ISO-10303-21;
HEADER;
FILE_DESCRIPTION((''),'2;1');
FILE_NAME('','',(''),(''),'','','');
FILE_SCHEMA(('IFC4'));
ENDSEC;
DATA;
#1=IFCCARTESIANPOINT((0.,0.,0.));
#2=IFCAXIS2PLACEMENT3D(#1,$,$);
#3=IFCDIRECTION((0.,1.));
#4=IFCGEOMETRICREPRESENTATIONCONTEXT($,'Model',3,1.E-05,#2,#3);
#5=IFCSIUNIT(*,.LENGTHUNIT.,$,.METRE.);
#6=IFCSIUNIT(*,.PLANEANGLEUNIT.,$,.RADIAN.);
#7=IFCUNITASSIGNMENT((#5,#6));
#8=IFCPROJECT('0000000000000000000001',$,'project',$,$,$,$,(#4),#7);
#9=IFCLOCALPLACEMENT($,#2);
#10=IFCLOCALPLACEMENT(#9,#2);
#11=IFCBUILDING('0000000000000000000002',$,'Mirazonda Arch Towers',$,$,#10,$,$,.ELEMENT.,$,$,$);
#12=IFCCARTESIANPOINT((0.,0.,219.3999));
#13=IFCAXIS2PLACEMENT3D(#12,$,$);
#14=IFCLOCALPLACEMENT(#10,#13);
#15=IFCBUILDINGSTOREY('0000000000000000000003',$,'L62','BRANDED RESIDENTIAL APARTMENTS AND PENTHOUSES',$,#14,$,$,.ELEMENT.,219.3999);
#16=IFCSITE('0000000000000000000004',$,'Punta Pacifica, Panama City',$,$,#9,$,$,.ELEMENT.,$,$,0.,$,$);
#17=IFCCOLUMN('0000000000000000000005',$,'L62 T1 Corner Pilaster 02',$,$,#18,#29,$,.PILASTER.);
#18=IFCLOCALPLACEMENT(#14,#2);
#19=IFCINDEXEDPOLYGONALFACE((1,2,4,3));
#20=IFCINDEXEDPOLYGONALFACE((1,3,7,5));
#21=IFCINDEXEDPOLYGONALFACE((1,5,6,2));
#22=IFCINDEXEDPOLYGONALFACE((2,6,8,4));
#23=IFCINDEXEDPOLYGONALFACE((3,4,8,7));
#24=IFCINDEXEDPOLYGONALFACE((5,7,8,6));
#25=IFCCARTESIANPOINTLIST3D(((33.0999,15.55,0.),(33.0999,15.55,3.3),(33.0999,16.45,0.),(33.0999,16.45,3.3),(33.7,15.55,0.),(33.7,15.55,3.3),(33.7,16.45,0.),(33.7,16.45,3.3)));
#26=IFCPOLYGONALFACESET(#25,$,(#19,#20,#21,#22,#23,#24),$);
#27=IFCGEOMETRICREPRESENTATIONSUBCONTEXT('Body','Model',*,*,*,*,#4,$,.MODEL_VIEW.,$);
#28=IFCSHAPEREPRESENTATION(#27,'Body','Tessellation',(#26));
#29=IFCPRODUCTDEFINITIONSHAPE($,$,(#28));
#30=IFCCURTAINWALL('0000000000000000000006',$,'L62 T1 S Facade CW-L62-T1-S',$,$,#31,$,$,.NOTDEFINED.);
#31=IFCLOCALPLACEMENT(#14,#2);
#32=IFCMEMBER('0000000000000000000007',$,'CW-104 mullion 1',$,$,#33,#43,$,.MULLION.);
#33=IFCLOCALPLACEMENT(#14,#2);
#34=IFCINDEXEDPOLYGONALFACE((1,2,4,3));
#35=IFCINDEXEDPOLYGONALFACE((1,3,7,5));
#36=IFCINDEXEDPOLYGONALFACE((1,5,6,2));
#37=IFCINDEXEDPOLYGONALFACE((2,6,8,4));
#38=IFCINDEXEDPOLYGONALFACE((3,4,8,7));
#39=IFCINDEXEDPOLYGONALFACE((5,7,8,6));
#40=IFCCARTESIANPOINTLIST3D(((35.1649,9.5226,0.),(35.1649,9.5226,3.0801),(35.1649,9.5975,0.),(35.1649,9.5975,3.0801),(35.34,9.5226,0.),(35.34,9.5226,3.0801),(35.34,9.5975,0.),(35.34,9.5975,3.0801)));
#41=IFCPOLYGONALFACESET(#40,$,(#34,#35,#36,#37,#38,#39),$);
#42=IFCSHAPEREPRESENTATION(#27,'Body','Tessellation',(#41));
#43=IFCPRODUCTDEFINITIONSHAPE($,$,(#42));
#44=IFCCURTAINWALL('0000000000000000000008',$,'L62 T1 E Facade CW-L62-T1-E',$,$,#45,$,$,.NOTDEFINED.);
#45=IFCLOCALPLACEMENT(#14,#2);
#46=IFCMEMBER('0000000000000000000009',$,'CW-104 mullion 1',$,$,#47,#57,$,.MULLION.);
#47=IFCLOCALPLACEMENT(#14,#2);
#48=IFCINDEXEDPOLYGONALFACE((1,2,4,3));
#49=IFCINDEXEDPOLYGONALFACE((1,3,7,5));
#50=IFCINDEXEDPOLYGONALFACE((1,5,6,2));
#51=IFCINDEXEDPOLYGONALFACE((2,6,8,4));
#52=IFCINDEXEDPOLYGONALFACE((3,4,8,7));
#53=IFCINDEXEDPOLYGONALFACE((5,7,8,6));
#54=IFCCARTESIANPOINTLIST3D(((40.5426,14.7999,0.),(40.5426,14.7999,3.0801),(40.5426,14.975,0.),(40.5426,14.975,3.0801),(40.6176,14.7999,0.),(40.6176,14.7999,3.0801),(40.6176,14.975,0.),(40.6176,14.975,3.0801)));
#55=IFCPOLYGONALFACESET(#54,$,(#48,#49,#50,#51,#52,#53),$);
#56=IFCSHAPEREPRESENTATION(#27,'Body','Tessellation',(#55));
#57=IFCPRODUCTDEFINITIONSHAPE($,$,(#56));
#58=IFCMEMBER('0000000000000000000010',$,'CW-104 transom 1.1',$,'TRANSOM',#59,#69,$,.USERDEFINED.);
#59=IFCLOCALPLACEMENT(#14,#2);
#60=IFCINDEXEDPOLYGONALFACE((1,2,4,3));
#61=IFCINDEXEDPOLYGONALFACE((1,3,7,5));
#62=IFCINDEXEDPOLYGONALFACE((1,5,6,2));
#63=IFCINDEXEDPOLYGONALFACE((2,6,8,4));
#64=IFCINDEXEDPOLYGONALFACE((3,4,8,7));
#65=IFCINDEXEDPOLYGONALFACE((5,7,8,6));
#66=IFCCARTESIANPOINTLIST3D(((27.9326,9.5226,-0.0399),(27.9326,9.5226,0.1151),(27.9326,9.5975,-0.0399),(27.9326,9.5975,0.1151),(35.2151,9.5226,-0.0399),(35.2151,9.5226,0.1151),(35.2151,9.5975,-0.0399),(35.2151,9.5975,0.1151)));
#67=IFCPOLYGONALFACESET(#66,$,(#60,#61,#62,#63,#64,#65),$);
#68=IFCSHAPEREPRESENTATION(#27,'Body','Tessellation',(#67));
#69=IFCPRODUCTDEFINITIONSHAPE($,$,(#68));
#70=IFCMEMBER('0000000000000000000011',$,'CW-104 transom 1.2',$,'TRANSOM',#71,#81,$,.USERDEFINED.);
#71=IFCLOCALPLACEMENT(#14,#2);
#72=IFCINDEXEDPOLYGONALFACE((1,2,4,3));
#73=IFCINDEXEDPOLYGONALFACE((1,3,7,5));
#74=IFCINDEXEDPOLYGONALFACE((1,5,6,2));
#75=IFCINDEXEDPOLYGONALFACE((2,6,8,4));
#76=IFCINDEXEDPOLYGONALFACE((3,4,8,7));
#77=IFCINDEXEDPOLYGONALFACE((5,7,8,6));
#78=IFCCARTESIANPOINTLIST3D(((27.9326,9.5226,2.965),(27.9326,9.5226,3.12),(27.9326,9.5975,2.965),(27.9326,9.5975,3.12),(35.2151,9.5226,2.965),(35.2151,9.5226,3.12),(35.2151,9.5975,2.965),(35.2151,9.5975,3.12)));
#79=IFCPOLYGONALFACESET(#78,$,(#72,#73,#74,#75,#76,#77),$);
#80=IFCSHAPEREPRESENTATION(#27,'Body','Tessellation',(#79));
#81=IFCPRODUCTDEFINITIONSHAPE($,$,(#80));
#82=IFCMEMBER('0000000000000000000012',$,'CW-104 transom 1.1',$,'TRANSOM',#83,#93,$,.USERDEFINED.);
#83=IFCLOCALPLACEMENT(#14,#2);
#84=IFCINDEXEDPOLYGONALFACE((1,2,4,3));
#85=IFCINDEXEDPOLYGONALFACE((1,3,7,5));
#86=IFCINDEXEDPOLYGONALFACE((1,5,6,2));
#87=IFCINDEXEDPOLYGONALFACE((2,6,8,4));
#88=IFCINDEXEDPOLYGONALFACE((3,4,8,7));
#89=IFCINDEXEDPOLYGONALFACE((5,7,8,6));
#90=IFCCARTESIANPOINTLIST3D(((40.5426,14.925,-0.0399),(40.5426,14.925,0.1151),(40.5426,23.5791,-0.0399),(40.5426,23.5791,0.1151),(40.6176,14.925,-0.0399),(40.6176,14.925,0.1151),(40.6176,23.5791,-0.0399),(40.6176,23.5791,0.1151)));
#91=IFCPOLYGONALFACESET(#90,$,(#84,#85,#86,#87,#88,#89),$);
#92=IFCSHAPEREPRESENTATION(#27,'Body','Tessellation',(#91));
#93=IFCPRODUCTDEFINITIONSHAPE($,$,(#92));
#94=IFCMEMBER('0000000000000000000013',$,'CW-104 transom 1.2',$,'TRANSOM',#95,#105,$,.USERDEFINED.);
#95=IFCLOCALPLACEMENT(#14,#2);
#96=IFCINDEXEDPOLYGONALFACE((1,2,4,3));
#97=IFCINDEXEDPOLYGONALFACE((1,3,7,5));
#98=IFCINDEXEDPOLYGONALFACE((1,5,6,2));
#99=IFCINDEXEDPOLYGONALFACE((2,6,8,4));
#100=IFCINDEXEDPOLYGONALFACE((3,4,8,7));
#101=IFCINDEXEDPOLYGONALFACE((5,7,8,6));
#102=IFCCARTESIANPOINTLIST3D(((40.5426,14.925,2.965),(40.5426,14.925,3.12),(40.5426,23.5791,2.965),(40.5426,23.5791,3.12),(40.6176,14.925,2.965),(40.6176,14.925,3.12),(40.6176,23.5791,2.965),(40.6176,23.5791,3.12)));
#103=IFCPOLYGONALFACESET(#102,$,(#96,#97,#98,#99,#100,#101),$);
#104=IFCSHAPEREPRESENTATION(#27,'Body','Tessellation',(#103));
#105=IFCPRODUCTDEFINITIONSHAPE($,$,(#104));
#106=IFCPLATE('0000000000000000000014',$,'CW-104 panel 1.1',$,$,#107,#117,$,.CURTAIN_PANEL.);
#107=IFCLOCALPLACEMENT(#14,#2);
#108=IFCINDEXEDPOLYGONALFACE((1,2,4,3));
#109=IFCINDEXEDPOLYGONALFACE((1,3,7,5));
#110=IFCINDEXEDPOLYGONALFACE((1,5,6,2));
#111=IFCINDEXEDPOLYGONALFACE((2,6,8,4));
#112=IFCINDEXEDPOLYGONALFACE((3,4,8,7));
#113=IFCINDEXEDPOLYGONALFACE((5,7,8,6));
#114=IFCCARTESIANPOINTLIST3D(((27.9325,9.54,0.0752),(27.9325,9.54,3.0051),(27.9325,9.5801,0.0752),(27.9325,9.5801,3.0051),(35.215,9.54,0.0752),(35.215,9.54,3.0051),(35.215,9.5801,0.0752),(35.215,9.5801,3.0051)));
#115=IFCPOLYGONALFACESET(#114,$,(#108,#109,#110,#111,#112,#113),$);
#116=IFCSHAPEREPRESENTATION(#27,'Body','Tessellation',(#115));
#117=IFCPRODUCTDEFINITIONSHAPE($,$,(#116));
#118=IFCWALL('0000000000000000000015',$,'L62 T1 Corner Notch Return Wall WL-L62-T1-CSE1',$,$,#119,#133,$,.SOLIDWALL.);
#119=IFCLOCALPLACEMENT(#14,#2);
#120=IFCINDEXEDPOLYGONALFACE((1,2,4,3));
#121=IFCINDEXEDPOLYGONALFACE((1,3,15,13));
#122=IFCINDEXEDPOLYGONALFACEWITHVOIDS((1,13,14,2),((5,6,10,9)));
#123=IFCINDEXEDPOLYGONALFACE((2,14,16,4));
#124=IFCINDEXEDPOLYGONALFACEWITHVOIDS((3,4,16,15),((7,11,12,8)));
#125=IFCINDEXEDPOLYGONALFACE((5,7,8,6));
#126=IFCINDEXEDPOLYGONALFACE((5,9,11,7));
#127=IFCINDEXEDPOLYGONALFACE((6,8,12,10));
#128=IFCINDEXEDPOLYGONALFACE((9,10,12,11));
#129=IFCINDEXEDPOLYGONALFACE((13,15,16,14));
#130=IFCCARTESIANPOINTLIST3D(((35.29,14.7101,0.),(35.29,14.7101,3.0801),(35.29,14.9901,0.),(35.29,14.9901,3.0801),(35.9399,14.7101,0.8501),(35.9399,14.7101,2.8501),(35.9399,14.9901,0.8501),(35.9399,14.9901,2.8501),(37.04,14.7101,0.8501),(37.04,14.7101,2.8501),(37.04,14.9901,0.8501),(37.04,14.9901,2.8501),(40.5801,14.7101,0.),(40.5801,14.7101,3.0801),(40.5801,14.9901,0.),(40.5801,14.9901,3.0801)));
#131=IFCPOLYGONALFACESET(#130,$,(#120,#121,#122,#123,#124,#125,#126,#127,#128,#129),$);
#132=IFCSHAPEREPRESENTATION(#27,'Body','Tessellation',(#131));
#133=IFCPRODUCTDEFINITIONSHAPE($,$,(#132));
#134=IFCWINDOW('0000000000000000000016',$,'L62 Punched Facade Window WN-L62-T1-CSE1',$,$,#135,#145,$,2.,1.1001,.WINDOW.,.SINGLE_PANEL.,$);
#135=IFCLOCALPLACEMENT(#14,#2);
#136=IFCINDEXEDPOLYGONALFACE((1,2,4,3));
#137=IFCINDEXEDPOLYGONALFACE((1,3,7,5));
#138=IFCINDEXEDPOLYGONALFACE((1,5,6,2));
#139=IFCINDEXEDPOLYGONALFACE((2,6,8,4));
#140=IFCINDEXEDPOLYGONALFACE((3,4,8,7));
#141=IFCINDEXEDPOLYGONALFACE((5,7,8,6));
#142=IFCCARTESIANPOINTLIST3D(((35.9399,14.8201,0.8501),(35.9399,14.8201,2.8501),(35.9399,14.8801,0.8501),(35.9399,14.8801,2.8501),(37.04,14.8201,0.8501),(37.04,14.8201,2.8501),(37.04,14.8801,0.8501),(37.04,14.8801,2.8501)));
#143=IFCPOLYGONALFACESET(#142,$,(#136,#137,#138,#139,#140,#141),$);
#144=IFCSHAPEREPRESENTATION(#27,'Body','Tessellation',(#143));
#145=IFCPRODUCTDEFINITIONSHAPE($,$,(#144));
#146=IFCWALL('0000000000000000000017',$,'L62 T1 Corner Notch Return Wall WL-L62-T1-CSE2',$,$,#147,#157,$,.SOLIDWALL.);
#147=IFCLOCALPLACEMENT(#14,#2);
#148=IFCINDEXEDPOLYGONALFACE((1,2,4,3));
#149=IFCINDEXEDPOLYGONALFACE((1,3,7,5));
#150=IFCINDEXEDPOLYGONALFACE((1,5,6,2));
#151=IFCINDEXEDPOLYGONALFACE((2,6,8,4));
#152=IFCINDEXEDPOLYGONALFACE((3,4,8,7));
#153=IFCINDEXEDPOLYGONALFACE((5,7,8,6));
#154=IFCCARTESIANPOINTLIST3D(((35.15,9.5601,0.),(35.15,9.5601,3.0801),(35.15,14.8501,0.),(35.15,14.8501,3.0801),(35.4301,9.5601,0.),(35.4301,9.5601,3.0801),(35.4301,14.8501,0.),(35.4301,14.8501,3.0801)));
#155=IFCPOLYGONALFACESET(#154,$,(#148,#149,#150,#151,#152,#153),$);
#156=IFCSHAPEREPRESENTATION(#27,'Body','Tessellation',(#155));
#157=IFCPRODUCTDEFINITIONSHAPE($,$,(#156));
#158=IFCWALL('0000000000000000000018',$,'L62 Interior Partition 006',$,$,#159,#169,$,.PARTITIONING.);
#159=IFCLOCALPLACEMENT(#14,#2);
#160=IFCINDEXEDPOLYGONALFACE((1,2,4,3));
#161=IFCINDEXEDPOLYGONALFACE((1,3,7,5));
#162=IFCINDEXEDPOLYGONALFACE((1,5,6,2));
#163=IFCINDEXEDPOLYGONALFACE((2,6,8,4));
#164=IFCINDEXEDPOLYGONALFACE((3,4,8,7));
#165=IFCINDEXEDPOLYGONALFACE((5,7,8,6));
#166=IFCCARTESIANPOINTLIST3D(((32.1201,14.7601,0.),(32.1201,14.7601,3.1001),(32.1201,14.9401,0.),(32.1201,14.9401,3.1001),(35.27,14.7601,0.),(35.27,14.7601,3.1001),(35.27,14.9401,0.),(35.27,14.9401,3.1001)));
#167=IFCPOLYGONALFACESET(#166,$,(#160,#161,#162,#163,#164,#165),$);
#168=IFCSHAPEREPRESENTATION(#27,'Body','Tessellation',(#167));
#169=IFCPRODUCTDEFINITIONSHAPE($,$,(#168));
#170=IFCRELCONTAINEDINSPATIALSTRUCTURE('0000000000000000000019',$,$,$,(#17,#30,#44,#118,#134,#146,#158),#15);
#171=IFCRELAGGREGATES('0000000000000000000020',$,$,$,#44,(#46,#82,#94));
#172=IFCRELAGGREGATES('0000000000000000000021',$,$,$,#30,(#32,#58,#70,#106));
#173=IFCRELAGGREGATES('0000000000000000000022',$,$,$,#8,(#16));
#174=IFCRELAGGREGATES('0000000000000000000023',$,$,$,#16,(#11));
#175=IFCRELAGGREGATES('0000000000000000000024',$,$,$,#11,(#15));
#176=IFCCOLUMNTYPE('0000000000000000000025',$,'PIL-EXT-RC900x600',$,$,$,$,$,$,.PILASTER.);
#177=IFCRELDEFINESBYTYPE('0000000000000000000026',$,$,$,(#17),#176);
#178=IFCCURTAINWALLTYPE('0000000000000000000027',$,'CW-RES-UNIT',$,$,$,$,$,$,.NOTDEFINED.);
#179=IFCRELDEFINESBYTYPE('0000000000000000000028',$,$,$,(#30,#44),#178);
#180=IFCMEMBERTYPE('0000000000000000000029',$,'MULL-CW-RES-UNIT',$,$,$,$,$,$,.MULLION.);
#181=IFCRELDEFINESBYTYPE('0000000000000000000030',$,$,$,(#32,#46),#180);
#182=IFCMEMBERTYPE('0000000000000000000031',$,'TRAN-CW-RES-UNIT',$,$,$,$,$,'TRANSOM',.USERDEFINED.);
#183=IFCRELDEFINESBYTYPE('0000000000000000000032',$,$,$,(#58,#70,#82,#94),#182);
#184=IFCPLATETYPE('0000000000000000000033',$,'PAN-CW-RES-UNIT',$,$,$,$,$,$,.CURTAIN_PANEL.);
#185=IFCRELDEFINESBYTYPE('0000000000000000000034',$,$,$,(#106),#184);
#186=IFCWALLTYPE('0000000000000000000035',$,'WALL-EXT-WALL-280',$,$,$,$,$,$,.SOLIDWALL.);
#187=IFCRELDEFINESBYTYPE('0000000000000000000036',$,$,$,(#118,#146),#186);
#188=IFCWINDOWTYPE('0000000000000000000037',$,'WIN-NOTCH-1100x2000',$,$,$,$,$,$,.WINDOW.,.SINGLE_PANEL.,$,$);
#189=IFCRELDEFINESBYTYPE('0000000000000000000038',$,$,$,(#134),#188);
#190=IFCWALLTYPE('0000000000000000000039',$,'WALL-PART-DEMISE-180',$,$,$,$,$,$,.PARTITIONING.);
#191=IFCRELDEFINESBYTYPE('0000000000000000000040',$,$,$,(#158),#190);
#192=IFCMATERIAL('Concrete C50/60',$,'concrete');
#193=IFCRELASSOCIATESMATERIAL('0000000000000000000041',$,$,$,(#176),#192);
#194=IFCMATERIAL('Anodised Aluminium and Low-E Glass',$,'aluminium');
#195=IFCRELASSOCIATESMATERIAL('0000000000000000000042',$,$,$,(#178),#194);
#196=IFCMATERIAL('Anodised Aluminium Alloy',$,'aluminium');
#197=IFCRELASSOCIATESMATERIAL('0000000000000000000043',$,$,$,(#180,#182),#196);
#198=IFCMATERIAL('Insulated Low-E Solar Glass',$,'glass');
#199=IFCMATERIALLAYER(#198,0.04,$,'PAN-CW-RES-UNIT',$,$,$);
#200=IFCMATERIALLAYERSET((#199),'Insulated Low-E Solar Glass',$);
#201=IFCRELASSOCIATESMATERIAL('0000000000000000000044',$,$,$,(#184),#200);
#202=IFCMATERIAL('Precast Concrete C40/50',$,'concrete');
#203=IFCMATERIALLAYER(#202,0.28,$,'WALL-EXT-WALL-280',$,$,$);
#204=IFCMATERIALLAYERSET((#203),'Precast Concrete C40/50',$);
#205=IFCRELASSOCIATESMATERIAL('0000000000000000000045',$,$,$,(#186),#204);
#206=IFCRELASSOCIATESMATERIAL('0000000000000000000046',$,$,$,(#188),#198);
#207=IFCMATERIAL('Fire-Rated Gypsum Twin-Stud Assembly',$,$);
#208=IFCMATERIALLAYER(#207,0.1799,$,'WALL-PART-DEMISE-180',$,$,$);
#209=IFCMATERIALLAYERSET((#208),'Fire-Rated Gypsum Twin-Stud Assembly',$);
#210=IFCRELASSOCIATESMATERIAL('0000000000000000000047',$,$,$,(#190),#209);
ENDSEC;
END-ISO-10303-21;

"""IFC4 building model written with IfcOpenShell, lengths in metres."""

from ifc_helpers import new_model, si_unit, direction, frame, frame_2d, origin, origin_2d, place, context, subcontext, project, spatial, rectangle, extrude, material, layer, layer_set, material_profile, profile_set, type_object, element, fill, aggregate, save


model = new_model("IFC4")

# Units and contexts
model_context = context("Model", 3, precision=1e-05, world=origin(), true_north=direction((0.0, 1.0)))
body_context = subcontext(model_context, "Body", "Model", "MODEL_VIEW")
ifc_project = project(units=[si_unit("LENGTHUNIT", "METRE"), si_unit("PLANEANGLEUNIT", "RADIAN")], contexts=[model_context])

# Site, building, storey
site_placement = place(None, origin())
site = spatial("IfcSite", under=ifc_project, at=site_placement, Name="Punta Pacifica, Panama City", CompositionType="ELEMENT", RefElevation=0.0)
building_placement = place(site_placement, origin())
building = spatial("IfcBuilding", under=site, at=building_placement, Name="Mirazonda Arch Towers", CompositionType="ELEMENT")
storey_placement = place(building_placement, frame((0.0, 0.0, 219.3999)))
storey = spatial("IfcBuildingStorey", under=building, at=storey_placement, Name="L62", Description="BRANDED RESIDENTIAL APARTMENTS AND PENTHOUSES", CompositionType="ELEMENT", Elevation=219.3999)

# Column
ifc_material_1 = material(Name="Concrete C50/60", Category="concrete")
ifc_material_profile_1 = material_profile(ifc_material_1, rectangle(XDim=0.6001, YDim=0.8999, at=origin_2d()), Name="RC900x600")
ifc_profile_set_1 = profile_set([ifc_material_profile_1], Name="Concrete C50/60")
column_type = type_object("IfcColumnType", Name="PIL-EXT-RC900x600", PredefinedType="PILASTER", material=ifc_profile_set_1)
column_placement = place(storey_placement, frame((33.3999, 16.0, 0.0), z_axis=(0.0, 0.0, 1.0), x_axis=(1.0, 0.0, 0.0)))
element("IfcColumn", 1, at=column_placement, inside=storey, type_object=column_type, Name="L62 T1 Corner Pilaster 02", PredefinedType="PILASTER", context=body_context, shape_type="SweptSolid", body=[
    extrude(rectangle(XDim=0.6001, YDim=0.8999, at=origin_2d()), origin(), (0.0, 0.0, 1.0), 3.3),
])

# Curtain walls, members
ifc_material_2 = material(Name="Anodised Aluminium and Low-E Glass", Category="aluminium")
curtain_wall_type = type_object("IfcCurtainWallType", Name="CW-RES-UNIT", PredefinedType="NOTDEFINED", material=ifc_material_2)
curtain_wall_1_placement = place(storey_placement, origin())
curtain_wall_1 = element("IfcCurtainWall", 2, at=curtain_wall_1_placement, inside=storey, type_object=curtain_wall_type, Name="L62 T1 S Facade CW-L62-T1-S", PredefinedType="NOTDEFINED")
ifc_material_3 = material(Name="Anodised Aluminium Alloy", Category="aluminium")
ifc_material_profile_2 = material_profile(ifc_material_3, rectangle(XDim=0.075, YDim=0.175, at=origin_2d()), Name="ALU-MULL-75x175")
ifc_profile_set_2 = profile_set([ifc_material_profile_2], Name="Anodised Aluminium Alloy")
member_type_1 = type_object("IfcMemberType", Name="MULL-CW-RES-UNIT", PredefinedType="MULLION", material=ifc_profile_set_2)
member_1_placement = place(storey_placement, frame((35.2524, 9.5601, 0.0), z_axis=(0.0, 0.0, 1.0), x_axis=(0.0, -1.0, 0.0)))
member_1 = element("IfcMember", 3, at=member_1_placement, type_object=member_type_1, Name="CW-104 mullion 1", PredefinedType="MULLION", context=body_context, shape_type="SweptSolid", body=[
    extrude(rectangle(XDim=0.075, YDim=0.175, at=origin_2d()), origin(), (0.0, 0.0, 1.0), 3.0801),
])
curtain_wall_2_placement = place(storey_placement, origin())
curtain_wall_2 = element("IfcCurtainWall", 4, at=curtain_wall_2_placement, inside=storey, type_object=curtain_wall_type, Name="L62 T1 E Facade CW-L62-T1-E", PredefinedType="NOTDEFINED")
member_2_placement = place(storey_placement, frame((40.5801, 14.8875, 0.0), z_axis=(0.0, 0.0, 1.0), x_axis=(-1.0, 0.0, 0.0)))
member_2 = element("IfcMember", 5, at=member_2_placement, type_object=member_type_1, Name="CW-104 mullion 1", PredefinedType="MULLION", context=body_context, shape_type="SweptSolid", body=[
    extrude(rectangle(XDim=0.075, YDim=0.175, at=origin_2d()), origin(), (0.0, 0.0, 1.0), 3.0801),
])

# Members
ifc_material_profile_3 = material_profile(ifc_material_3, rectangle(XDim=0.075, YDim=0.155, at=origin_2d()), Name="ALU-TRAN-75x155")
ifc_profile_set_3 = profile_set([ifc_material_profile_3], Name="Anodised Aluminium Alloy")
member_type_2 = type_object("IfcMemberType", Name="TRAN-CW-RES-UNIT", ElementType="TRANSOM", PredefinedType="USERDEFINED", material=ifc_profile_set_3)
member_3_placement = place(storey_placement, frame((35.2151, 9.5601, 0.0376), z_axis=(-1.0, 0.0, 0.0), x_axis=(0.0, -1.0, 0.0)))
member_3 = element("IfcMember", 6, at=member_3_placement, type_object=member_type_2, Name="CW-104 transom 1.1", ObjectType="TRANSOM", PredefinedType="USERDEFINED", context=body_context, shape_type="SweptSolid", body=[
    extrude(rectangle(XDim=0.075, YDim=0.155, at=origin_2d()), origin(), (0.0, 0.0, 1.0), 7.2825),
])
member_4_placement = place(storey_placement, frame((35.2151, 9.5601, 3.0425), z_axis=(-1.0, 0.0, 0.0), x_axis=(0.0, -1.0, 0.0)))
member_4 = element("IfcMember", 7, at=member_4_placement, type_object=member_type_2, Name="CW-104 transom 1.2", ObjectType="TRANSOM", PredefinedType="USERDEFINED", context=body_context, shape_type="SweptSolid", body=[
    extrude(rectangle(XDim=0.075, YDim=0.155, at=origin_2d()), origin(), (0.0, 0.0, 1.0), 7.2825),
])
member_5_placement = place(storey_placement, frame((40.5801, 14.925, 0.0376), z_axis=(0.0, 1.0, 0.0), x_axis=(-1.0, 0.0, 0.0)))
member_5 = element("IfcMember", 8, at=member_5_placement, type_object=member_type_2, Name="CW-104 transom 1.1", ObjectType="TRANSOM", PredefinedType="USERDEFINED", context=body_context, shape_type="SweptSolid", body=[
    extrude(rectangle(XDim=0.075, YDim=0.155, at=origin_2d()), origin(), (0.0, 0.0, 1.0), 8.6541),
])
member_6_placement = place(storey_placement, frame((40.5801, 14.925, 3.0425), z_axis=(0.0, 1.0, 0.0), x_axis=(-1.0, 0.0, 0.0)))
member_6 = element("IfcMember", 9, at=member_6_placement, type_object=member_type_2, Name="CW-104 transom 1.2", ObjectType="TRANSOM", PredefinedType="USERDEFINED", context=body_context, shape_type="SweptSolid", body=[
    extrude(rectangle(XDim=0.075, YDim=0.155, at=origin_2d()), origin(), (0.0, 0.0, 1.0), 8.6541),
])
aggregate(curtain_wall_2, [member_2, member_5, member_6])

# Plate
ifc_material_4 = material(Name="Insulated Low-E Solar Glass", Category="glass")
ifc_layer_1 = layer(ifc_material_4, 0.04, Name="PAN-CW-RES-UNIT")
ifc_layer_set_1 = layer_set([ifc_layer_1], Name="Insulated Low-E Solar Glass")
plate_type = type_object("IfcPlateType", Name="PAN-CW-RES-UNIT", PredefinedType="CURTAIN_PANEL", material=ifc_layer_set_1)
plate_placement = place(storey_placement, frame((31.5737, 9.5601, 0.0752), z_axis=(0.0, 0.0, 1.0), x_axis=(-1.0, 0.0, 0.0)))
plate = element("IfcPlate", 10, at=plate_placement, type_object=plate_type, Name="CW-104 panel 1.1", PredefinedType="CURTAIN_PANEL", context=body_context, shape_type="SweptSolid", body=[
    extrude(rectangle(XDim=7.2825, YDim=0.04, at=origin_2d()), origin(), (0.0, 0.0, 1.0), 2.9299),
])
aggregate(curtain_wall_1, [member_1, member_3, member_4, plate])

# Wall, opening, window
ifc_material_5 = material(Name="Precast Concrete C40/50", Category="concrete")
ifc_layer_2 = layer(ifc_material_5, 0.28, Name="WALL-EXT-WALL-280")
ifc_layer_set_2 = layer_set([ifc_layer_2], Name="Precast Concrete C40/50")
wall_type_1 = type_object("IfcWallType", Name="WALL-EXT-WALL-280", PredefinedType="SOLIDWALL", material=ifc_layer_set_2)
wall_1_placement = place(storey_placement, frame((35.29, 14.8501, 0.0), z_axis=(0.0, 0.0, 1.0), x_axis=(1.0, 0.0, 0.0)))
wall_1 = element("IfcWall", 11, at=wall_1_placement, inside=storey, type_object=wall_type_1, Name="L62 T1 Corner Notch Return Wall WL-L62-T1-CSE1", PredefinedType="SOLIDWALL", context=body_context, shape_type="SweptSolid", body=[
    extrude(rectangle(XDim=5.29, YDim=0.28, at=frame_2d((2.645, 0.0))), origin(), (0.0, 0.0, 1.0), 3.0801),
])
opening_1_placement = place(wall_1_placement, frame((0.6499, 0.0, 0.8501)))
opening_1 = element("IfcOpeningElement", 12, at=opening_1_placement, cuts=wall_1, PredefinedType="OPENING", context=body_context, shape_type="SweptSolid", body=[
    extrude(rectangle(XDim=1.1001, YDim=2.0, at=frame_2d((0.55, 1.0))), frame((0.0, 0.1499, 0.0), z_axis=(0.0, -1.0, 0.0), x_axis=(1.0, 0.0, 0.0)), (0.0, 0.0, 1.0), 0.3),
])
window_type = type_object("IfcWindowType", Name="WIN-NOTCH-1100x2000", PartitioningType="SINGLE_PANEL", PredefinedType="WINDOW", material=ifc_material_4)
window_placement = place(opening_1_placement, origin())
window = element("IfcWindow", 13, at=window_placement, inside=storey, type_object=window_type, Name="L62 Punched Facade Window WN-L62-T1-CSE1", OverallHeight=2.0, OverallWidth=1.1001, PartitioningType="SINGLE_PANEL", PredefinedType="WINDOW", context=body_context, shape_type="SweptSolid", body=[
    extrude(rectangle(XDim=1.1001, YDim=2.0, at=frame_2d((0.55, 1.0))), frame((0.0, 0.03, 0.0), z_axis=(0.0, -1.0, 0.0), x_axis=(1.0, 0.0, 0.0)), (0.0, 0.0, 1.0), 0.0601),
])
fill(opening_1, window)

# Walls
wall_2_placement = place(storey_placement, frame((35.29, 9.5601, 0.0), z_axis=(0.0, 0.0, 1.0), x_axis=(0.0, 1.0, 0.0)))
element("IfcWall", 14, at=wall_2_placement, inside=storey, type_object=wall_type_1, Name="L62 T1 Corner Notch Return Wall WL-L62-T1-CSE2", PredefinedType="SOLIDWALL", context=body_context, shape_type="SweptSolid", body=[
    extrude(rectangle(XDim=5.29, YDim=0.28, at=frame_2d((2.645, 0.0))), origin(), (0.0, 0.0, 1.0), 3.0801),
])
ifc_material_6 = material(Name="Fire-Rated Gypsum Twin-Stud Assembly")
ifc_layer_3 = layer(ifc_material_6, 0.1799, Name="WALL-PART-DEMISE-180")
ifc_layer_set_3 = layer_set([ifc_layer_3], Name="Fire-Rated Gypsum Twin-Stud Assembly")
wall_type_2 = type_object("IfcWallType", Name="WALL-PART-DEMISE-180", PredefinedType="PARTITIONING", material=ifc_layer_set_3)
wall_3_placement = place(storey_placement, frame((32.1201, 14.8501, 0.0), z_axis=(0.0, 0.0, 1.0), x_axis=(1.0, 0.0, 0.0)))
element("IfcWall", 15, at=wall_3_placement, inside=storey, type_object=wall_type_2, Name="L62 Interior Partition 006", PredefinedType="PARTITIONING", context=body_context, shape_type="SweptSolid", body=[
    extrude(rectangle(XDim=3.1499, YDim=0.1799, at=frame_2d((1.575, 0.0))), origin(), (0.0, 0.0, 1.0), 3.1001),
])

save(model, "model.ifc")
